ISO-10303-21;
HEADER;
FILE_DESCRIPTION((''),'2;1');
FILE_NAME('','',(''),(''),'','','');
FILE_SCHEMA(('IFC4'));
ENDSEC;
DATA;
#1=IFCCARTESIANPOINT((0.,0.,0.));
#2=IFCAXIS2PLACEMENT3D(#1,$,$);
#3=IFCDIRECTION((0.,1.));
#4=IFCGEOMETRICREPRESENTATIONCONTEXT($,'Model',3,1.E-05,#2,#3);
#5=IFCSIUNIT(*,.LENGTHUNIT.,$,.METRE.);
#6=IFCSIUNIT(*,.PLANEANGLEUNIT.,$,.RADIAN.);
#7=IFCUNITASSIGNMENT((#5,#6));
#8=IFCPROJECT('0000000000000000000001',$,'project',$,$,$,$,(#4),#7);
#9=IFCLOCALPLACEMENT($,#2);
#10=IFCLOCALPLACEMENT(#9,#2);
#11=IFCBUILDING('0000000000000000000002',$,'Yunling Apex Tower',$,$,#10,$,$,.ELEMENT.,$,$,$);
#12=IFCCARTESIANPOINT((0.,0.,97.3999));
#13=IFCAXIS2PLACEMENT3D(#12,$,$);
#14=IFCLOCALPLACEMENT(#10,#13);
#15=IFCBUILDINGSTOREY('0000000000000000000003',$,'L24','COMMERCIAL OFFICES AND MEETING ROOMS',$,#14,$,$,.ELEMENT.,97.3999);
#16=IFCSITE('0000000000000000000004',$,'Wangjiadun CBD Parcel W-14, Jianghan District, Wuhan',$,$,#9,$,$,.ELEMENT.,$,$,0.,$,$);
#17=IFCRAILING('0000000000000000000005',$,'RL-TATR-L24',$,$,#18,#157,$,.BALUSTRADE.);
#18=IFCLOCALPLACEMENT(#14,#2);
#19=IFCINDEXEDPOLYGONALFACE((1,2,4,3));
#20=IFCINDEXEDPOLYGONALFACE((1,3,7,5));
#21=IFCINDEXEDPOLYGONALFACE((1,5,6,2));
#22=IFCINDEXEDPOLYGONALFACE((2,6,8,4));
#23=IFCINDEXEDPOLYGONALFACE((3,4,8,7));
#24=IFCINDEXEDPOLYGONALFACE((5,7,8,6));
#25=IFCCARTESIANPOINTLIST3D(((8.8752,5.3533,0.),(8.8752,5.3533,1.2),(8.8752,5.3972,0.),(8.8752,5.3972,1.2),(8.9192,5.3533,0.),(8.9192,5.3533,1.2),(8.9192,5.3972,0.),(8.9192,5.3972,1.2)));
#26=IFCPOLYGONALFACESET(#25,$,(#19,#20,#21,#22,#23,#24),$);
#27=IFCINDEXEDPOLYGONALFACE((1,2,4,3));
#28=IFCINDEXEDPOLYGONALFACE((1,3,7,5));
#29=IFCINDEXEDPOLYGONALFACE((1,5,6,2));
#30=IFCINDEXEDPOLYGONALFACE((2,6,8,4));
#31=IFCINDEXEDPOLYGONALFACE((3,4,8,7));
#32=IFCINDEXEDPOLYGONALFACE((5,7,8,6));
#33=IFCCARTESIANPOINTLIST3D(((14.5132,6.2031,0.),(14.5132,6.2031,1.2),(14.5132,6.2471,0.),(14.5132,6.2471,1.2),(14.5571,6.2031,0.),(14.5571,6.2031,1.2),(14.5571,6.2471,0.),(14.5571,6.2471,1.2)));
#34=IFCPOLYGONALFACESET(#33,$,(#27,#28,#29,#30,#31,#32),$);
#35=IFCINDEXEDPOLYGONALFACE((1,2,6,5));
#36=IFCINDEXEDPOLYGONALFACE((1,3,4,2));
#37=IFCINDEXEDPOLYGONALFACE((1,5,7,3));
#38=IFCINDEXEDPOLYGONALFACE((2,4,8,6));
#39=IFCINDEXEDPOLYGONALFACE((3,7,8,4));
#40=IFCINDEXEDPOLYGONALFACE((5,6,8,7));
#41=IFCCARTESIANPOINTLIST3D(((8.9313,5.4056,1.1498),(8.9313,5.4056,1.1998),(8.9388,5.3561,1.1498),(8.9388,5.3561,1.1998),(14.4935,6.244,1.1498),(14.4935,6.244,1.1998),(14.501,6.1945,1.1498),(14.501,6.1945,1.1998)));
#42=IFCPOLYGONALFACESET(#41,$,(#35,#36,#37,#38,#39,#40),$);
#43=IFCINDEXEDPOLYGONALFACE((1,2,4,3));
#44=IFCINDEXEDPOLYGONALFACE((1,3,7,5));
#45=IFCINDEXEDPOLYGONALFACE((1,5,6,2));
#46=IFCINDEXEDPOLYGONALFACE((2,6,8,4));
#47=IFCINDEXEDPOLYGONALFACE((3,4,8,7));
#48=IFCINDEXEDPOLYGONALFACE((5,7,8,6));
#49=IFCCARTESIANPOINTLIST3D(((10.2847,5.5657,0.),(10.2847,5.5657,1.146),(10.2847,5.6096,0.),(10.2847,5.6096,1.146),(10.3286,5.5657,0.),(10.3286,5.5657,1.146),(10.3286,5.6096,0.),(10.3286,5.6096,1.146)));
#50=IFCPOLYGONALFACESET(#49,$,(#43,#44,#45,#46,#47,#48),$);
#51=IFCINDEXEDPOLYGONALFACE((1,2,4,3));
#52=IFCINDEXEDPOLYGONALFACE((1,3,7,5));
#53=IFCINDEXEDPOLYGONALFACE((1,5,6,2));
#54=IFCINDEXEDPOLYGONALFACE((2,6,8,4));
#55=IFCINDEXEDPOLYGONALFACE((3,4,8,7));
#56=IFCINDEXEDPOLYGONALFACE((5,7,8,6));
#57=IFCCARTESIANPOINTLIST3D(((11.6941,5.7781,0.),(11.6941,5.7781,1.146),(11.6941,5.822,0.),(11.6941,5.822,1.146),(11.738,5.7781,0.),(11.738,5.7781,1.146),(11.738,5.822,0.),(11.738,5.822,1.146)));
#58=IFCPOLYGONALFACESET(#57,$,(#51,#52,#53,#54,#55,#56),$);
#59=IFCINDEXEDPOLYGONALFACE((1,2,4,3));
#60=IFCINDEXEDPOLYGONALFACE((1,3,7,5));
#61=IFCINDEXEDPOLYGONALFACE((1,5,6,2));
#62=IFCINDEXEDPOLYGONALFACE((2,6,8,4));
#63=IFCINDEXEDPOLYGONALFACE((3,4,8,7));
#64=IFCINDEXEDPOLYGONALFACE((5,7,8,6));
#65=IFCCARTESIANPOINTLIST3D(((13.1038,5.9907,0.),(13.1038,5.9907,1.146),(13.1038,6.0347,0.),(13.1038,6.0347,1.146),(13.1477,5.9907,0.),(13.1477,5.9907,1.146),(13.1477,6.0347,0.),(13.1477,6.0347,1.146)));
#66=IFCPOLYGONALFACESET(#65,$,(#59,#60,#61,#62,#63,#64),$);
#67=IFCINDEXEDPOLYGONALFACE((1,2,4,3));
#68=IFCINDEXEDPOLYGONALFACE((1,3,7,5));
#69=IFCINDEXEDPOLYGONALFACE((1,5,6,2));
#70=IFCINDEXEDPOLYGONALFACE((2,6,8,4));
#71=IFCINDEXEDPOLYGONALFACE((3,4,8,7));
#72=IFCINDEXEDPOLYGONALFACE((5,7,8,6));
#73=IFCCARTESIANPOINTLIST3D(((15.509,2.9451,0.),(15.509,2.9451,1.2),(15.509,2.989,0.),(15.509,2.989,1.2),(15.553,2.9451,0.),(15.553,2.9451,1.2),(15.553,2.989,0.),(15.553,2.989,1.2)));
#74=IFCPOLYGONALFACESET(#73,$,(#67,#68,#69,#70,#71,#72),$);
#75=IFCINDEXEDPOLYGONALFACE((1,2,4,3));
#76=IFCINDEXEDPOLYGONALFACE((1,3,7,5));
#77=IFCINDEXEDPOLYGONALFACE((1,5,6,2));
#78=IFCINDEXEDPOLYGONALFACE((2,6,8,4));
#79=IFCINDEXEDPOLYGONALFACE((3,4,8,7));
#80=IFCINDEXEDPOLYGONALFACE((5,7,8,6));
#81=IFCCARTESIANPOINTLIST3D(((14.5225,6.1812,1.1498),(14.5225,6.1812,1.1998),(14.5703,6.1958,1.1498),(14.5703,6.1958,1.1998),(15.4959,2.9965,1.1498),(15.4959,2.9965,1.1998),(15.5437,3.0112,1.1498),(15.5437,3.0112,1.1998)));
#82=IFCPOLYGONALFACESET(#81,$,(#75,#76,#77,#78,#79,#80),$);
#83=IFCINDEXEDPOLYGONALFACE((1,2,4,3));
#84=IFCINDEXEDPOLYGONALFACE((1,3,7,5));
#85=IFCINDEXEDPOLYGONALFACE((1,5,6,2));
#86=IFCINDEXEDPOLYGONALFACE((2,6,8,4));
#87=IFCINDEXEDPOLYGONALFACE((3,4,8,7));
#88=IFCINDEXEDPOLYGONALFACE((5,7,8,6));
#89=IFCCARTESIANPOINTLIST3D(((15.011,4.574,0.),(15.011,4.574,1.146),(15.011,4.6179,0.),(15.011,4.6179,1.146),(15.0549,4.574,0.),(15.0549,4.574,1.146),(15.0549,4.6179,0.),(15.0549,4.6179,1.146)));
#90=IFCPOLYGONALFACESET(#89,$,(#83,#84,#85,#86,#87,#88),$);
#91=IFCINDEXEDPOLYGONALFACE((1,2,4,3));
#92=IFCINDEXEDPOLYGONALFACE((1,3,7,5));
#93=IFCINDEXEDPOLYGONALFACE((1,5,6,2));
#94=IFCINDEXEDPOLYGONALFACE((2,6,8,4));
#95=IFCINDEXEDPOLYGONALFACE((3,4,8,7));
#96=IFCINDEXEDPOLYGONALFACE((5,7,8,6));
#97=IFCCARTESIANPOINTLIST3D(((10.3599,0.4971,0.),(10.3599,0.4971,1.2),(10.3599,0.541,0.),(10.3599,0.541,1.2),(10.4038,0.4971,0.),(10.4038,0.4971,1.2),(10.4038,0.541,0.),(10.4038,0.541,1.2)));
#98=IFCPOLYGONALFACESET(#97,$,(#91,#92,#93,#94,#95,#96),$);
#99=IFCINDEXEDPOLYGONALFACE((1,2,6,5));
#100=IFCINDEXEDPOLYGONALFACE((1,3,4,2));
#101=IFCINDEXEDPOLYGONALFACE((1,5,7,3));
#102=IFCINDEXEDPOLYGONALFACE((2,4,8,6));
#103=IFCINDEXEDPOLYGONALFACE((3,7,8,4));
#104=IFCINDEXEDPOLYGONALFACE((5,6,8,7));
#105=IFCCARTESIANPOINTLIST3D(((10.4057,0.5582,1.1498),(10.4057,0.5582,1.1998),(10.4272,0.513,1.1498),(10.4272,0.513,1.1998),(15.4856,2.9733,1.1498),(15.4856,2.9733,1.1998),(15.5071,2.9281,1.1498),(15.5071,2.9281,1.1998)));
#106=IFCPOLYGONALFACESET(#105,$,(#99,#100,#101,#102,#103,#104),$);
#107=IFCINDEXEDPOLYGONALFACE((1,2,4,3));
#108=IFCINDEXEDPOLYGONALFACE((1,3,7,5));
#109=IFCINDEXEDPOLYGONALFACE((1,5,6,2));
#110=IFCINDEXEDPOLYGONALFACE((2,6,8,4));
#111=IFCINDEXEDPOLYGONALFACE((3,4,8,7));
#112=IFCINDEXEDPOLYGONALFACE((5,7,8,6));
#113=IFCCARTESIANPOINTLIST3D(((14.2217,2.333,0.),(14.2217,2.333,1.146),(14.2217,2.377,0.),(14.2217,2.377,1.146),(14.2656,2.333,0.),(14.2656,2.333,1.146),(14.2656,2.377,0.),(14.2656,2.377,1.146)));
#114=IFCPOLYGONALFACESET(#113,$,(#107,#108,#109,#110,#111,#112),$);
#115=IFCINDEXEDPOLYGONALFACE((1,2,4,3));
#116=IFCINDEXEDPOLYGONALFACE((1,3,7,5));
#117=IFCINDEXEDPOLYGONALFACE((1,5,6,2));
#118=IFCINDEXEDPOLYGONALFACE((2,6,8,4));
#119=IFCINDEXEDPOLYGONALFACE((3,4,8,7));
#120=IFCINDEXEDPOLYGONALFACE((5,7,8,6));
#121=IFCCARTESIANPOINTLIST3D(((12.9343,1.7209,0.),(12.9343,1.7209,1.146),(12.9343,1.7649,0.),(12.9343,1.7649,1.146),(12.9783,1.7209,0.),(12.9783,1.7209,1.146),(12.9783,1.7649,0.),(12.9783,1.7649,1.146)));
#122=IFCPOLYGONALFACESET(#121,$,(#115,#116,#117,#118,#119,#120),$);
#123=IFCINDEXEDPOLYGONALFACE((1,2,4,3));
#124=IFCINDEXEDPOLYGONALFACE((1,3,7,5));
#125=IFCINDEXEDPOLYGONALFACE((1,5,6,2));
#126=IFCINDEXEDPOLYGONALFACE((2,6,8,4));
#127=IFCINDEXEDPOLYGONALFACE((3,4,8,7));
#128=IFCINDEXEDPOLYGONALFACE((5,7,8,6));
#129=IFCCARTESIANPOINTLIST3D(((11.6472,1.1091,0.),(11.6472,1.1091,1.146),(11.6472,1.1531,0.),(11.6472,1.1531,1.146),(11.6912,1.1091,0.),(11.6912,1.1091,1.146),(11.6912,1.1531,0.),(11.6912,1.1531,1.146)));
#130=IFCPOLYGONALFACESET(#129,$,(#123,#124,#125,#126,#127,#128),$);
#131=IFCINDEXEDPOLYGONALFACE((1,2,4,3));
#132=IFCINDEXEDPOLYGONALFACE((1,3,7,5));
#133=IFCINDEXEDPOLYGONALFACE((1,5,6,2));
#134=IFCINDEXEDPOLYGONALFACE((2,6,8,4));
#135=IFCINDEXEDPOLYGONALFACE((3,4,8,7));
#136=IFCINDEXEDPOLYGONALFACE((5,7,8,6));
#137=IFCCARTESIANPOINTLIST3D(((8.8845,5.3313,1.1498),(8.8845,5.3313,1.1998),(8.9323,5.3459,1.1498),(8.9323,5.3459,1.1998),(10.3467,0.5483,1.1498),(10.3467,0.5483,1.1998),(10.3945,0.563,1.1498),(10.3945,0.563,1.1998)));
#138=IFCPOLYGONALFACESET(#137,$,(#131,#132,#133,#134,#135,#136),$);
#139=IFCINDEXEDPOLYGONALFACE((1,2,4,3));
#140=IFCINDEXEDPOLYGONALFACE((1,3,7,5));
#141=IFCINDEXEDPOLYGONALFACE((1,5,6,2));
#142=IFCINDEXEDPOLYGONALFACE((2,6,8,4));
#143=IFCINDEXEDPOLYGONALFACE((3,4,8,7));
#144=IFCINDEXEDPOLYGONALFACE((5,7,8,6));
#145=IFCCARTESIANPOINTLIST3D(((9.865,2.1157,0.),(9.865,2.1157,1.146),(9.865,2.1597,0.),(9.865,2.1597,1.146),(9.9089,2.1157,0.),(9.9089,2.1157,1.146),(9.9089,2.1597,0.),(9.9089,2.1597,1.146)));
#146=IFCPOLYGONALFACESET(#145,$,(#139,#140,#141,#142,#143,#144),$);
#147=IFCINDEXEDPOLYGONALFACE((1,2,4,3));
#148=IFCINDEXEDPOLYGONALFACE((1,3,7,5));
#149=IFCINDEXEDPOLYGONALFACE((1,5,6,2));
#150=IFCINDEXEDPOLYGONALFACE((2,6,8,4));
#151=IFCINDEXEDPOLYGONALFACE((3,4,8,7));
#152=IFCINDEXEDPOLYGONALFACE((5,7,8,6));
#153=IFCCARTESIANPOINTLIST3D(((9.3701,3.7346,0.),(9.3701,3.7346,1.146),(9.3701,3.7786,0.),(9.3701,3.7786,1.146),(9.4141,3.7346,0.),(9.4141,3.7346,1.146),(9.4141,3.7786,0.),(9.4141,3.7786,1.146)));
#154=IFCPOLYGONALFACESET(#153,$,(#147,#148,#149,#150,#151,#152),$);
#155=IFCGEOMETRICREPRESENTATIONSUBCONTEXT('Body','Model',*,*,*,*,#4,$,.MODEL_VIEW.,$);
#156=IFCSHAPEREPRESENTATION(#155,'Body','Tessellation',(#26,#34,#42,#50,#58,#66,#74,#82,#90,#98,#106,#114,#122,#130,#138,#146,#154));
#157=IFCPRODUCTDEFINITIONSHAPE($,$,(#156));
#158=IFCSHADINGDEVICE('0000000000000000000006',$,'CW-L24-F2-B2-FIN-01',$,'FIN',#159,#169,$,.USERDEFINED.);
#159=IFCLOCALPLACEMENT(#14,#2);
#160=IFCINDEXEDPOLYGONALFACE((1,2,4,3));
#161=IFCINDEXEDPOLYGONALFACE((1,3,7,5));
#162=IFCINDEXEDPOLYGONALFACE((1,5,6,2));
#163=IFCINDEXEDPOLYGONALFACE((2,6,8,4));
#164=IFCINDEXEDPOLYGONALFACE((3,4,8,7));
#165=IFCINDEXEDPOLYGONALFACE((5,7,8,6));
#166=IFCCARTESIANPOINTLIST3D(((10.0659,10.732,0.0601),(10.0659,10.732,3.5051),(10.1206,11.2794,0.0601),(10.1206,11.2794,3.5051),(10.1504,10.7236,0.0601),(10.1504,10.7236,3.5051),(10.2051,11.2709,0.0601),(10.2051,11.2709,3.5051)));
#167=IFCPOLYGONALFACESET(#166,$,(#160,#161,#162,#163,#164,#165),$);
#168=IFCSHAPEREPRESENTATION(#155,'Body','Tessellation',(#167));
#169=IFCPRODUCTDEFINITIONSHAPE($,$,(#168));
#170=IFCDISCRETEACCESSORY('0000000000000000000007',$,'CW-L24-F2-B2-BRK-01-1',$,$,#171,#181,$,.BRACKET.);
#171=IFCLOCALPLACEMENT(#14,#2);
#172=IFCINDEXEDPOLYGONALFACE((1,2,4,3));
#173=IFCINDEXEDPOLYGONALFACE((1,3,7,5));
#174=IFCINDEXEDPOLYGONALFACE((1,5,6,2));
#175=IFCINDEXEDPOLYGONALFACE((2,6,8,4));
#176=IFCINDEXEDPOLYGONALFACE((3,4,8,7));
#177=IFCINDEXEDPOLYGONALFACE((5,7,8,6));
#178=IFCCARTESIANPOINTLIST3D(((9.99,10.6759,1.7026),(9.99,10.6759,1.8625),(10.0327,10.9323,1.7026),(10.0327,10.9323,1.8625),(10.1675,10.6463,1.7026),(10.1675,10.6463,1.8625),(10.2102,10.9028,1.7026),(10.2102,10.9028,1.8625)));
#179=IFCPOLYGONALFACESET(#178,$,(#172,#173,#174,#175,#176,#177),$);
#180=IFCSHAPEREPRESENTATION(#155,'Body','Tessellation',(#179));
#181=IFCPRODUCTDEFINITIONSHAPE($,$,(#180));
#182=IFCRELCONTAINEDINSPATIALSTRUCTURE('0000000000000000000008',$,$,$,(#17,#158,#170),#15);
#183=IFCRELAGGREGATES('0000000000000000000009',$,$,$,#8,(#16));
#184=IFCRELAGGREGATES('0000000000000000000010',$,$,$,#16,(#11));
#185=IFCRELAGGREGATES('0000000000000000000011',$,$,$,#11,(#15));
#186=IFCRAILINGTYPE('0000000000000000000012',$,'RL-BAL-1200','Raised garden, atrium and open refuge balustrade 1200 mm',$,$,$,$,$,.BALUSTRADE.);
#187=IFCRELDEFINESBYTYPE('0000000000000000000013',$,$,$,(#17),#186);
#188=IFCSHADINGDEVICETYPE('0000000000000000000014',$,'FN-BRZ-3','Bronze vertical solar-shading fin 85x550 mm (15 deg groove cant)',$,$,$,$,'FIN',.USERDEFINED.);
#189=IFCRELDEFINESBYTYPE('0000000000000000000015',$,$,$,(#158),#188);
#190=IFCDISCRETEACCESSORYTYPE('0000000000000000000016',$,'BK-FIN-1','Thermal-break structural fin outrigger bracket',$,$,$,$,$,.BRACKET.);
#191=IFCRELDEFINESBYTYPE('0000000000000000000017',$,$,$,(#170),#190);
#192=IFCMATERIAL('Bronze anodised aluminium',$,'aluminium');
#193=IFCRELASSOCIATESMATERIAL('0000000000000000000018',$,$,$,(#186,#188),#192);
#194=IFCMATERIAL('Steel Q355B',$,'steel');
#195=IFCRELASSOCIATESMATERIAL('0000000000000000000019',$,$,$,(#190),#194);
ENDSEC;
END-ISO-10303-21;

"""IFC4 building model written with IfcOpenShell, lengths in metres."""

from ifc_helpers import new_model, si_unit, direction, frame, origin, origin_2d, place, context, subcontext, project, spatial, rectangle, extrude, source, transform, mapped, material, material_profile, profile_set, type_object, element, save


model = new_model("IFC4")

# Units and contexts
model_context = context("Model", 3, precision=1e-05, world=origin(), true_north=direction((0.0, 1.0)))
body_context = subcontext(model_context, "Body", "Model", "MODEL_VIEW")
ifc_project = project(units=[si_unit("LENGTHUNIT", "METRE"), si_unit("PLANEANGLEUNIT", "RADIAN")], contexts=[model_context])

# Site, building, storey
site_placement = place(None, origin())
site = spatial("IfcSite", under=ifc_project, at=site_placement, Name="Wangjiadun CBD Parcel W-14, Jianghan District, Wuhan", CompositionType="ELEMENT", RefElevation=0.0)
building_placement = place(site_placement, origin())
building = spatial("IfcBuilding", under=site, at=building_placement, Name="Yunling Apex Tower", CompositionType="ELEMENT")
storey_placement = place(building_placement, frame((0.0, 0.0, 97.3999)))
storey = spatial("IfcBuildingStorey", under=building, at=storey_placement, Name="L24", Description="COMMERCIAL OFFICES AND MEETING ROOMS", CompositionType="ELEMENT", Elevation=97.3999)

# Shared definitions
ifc_material_1 = material(Name="Steel Q355B", Category="steel")

# Shared definitions
ifc_material_2 = material(Name="Bronze anodised aluminium", Category="aluminium")

# Railing
railing_type = type_object("IfcRailingType", Name="RL-BAL-1200", Description="Raised garden, atrium and open refuge balustrade 1200 mm", PredefinedType="BALUSTRADE", material=ifc_material_2)
railing_placement = place(storey_placement, frame((8.8972, 5.3752, 0.0)))
element("IfcRailing", 1, at=railing_placement, inside=storey, type_object=railing_type, Name="RL-TATR-L24", PredefinedType="BALUSTRADE", context=body_context, shape_type="SweptSolid", body=[
    extrude(rectangle(XDim=0.0439, YDim=0.0439, at=origin_2d()), origin(), (0.0, 0.0, 1.0), 1.2),
    extrude(rectangle(XDim=0.0439, YDim=0.0439, at=origin_2d()), frame((5.6379, 0.8499, 0.0)), (0.0, 0.0, 1.0), 1.2),
    extrude(rectangle(XDim=0.05, YDim=0.05, at=origin_2d()), frame((0.0378, 0.0056, 1.1748), z_axis=(0.988829, 0.149054, 0.0), x_axis=(-0.149054, 0.988829, 0.0)), (0.0, 0.0, 1.0), 5.625),
    extrude(rectangle(XDim=0.0439, YDim=0.0439, at=origin_2d()), frame((1.4094, 0.2124, 0.0)), (0.0, 0.0, 1.0), 1.146),
    extrude(rectangle(XDim=0.0439, YDim=0.0439, at=origin_2d()), frame((2.8188, 0.4248, 0.0)), (0.0, 0.0, 1.0), 1.146),
    extrude(rectangle(XDim=0.0439, YDim=0.0439, at=origin_2d()), frame((4.2285, 0.6375, 0.0)), (0.0, 0.0, 1.0), 1.146),
    extrude(rectangle(XDim=0.0439, YDim=0.0439, at=origin_2d()), frame((6.6338, -2.4082, 0.0)), (0.0, 0.0, 1.0), 1.2),
    extrude(rectangle(XDim=0.05, YDim=0.05, at=origin_2d()), frame((5.6492, 0.8132, 1.1748), z_axis=(0.292308, -0.956324, 0.0), x_axis=(0.956324, 0.292308, 0.0)), (0.0, 0.0, 1.0), 3.3301),
    extrude(rectangle(XDim=0.0439, YDim=0.0439, at=origin_2d()), frame((6.1357, -0.7793, 0.0)), (0.0, 0.0, 1.0), 1.146),
    extrude(rectangle(XDim=0.0439, YDim=0.0439, at=origin_2d()), frame((1.4846, -4.8562, 0.0)), (0.0, 0.0, 1.0), 1.2),
    extrude(rectangle(XDim=0.05, YDim=0.05, at=origin_2d()), frame((6.5991, -2.4246, 1.1748), z_axis=(-0.903132, -0.429363, 0.0), x_axis=(0.429363, -0.903132, 0.0)), (0.0, 0.0, 1.0), 5.6248),
    extrude(rectangle(XDim=0.0439, YDim=0.0439, at=origin_2d()), frame((5.3464, -3.0203, 0.0)), (0.0, 0.0, 1.0), 1.146),
    extrude(rectangle(XDim=0.0439, YDim=0.0439, at=origin_2d()), frame((4.0591, -3.6323, 0.0)), (0.0, 0.0, 1.0), 1.146),
    extrude(rectangle(XDim=0.0439, YDim=0.0439, at=origin_2d()), frame((2.772, -4.2441, 0.0)), (0.0, 0.0, 1.0), 1.146),
    extrude(rectangle(XDim=0.05, YDim=0.05, at=origin_2d()), frame((1.4734, -4.8196, 1.1748), z_axis=(-0.292359, 0.956309, 0.0), x_axis=(-0.956309, -0.292359, 0.0)), (0.0, 0.0, 1.0), 5.0015),
    extrude(rectangle(XDim=0.0439, YDim=0.0439, at=origin_2d()), frame((0.9897, -3.2375, 0.0)), (0.0, 0.0, 1.0), 1.146),
    extrude(rectangle(XDim=0.0439, YDim=0.0439, at=origin_2d()), frame((0.4949, -1.6187, 0.0)), (0.0, 0.0, 1.0), 1.146),
])

# Shading device
ifc_material_profile_1 = material_profile(ifc_material_2, rectangle(XDim=0.085, YDim=0.55, at=origin_2d()))
ifc_profile_set_1 = profile_set([ifc_material_profile_1], Name="Bronze anodised aluminium")
shading_device_type = type_object("IfcShadingDeviceType", Name="FN-BRZ-3", Description="Bronze vertical solar-shading fin 85x550 mm (15 deg groove cant)", ElementType="FIN", PredefinedType="USERDEFINED", material=ifc_profile_set_1)
shared_shape_1 = source(origin(), body_context, "Body", "SweptSolid", [
    extrude(rectangle(XDim=0.085, YDim=0.55, at=origin_2d()), origin(), (0.0, 0.0, 1.0), 3.4451),
])
shading_device_placement = place(storey_placement, frame((10.1355, 11.0015, 0.0601), z_axis=(0.0, 0.0, 1.0), x_axis=(-0.995038, 0.099493, 0.0)))
element("IfcShadingDevice", 2, at=shading_device_placement, inside=storey, type_object=shading_device_type, Name="CW-L24-F2-B2-FIN-01", ObjectType="FIN", PredefinedType="USERDEFINED", context=body_context, shape_type="MappedRepresentation", body=[
    mapped(shared_shape_1, transform((0.0, 0.0, 0.0), scale=1.0)),
])

# Discrete accessory
discrete_accessory_type = type_object("IfcDiscreteAccessoryType", Name="BK-FIN-1", Description="Thermal-break structural fin outrigger bracket", PredefinedType="BRACKET", material=ifc_material_1)
shared_shape_2 = source(origin(), body_context, "Body", "SweptSolid", [
    extrude(rectangle(XDim=0.1799, YDim=0.26, at=origin_2d()), origin(), (0.0, 0.0, 1.0), 0.1599),
])
discrete_accessory_placement = place(storey_placement, frame((10.1001, 10.7893, 1.7026), z_axis=(0.0, 0.0, 1.0), x_axis=(-0.986401, 0.164359, 0.0)))
element("IfcDiscreteAccessory", 3, at=discrete_accessory_placement, inside=storey, type_object=discrete_accessory_type, Name="CW-L24-F2-B2-BRK-01-1", PredefinedType="BRACKET", context=body_context, shape_type="MappedRepresentation", body=[
    mapped(shared_shape_2, transform((0.0, 0.0, 0.0), scale=1.0)),
])

save(model, "model.ifc")
